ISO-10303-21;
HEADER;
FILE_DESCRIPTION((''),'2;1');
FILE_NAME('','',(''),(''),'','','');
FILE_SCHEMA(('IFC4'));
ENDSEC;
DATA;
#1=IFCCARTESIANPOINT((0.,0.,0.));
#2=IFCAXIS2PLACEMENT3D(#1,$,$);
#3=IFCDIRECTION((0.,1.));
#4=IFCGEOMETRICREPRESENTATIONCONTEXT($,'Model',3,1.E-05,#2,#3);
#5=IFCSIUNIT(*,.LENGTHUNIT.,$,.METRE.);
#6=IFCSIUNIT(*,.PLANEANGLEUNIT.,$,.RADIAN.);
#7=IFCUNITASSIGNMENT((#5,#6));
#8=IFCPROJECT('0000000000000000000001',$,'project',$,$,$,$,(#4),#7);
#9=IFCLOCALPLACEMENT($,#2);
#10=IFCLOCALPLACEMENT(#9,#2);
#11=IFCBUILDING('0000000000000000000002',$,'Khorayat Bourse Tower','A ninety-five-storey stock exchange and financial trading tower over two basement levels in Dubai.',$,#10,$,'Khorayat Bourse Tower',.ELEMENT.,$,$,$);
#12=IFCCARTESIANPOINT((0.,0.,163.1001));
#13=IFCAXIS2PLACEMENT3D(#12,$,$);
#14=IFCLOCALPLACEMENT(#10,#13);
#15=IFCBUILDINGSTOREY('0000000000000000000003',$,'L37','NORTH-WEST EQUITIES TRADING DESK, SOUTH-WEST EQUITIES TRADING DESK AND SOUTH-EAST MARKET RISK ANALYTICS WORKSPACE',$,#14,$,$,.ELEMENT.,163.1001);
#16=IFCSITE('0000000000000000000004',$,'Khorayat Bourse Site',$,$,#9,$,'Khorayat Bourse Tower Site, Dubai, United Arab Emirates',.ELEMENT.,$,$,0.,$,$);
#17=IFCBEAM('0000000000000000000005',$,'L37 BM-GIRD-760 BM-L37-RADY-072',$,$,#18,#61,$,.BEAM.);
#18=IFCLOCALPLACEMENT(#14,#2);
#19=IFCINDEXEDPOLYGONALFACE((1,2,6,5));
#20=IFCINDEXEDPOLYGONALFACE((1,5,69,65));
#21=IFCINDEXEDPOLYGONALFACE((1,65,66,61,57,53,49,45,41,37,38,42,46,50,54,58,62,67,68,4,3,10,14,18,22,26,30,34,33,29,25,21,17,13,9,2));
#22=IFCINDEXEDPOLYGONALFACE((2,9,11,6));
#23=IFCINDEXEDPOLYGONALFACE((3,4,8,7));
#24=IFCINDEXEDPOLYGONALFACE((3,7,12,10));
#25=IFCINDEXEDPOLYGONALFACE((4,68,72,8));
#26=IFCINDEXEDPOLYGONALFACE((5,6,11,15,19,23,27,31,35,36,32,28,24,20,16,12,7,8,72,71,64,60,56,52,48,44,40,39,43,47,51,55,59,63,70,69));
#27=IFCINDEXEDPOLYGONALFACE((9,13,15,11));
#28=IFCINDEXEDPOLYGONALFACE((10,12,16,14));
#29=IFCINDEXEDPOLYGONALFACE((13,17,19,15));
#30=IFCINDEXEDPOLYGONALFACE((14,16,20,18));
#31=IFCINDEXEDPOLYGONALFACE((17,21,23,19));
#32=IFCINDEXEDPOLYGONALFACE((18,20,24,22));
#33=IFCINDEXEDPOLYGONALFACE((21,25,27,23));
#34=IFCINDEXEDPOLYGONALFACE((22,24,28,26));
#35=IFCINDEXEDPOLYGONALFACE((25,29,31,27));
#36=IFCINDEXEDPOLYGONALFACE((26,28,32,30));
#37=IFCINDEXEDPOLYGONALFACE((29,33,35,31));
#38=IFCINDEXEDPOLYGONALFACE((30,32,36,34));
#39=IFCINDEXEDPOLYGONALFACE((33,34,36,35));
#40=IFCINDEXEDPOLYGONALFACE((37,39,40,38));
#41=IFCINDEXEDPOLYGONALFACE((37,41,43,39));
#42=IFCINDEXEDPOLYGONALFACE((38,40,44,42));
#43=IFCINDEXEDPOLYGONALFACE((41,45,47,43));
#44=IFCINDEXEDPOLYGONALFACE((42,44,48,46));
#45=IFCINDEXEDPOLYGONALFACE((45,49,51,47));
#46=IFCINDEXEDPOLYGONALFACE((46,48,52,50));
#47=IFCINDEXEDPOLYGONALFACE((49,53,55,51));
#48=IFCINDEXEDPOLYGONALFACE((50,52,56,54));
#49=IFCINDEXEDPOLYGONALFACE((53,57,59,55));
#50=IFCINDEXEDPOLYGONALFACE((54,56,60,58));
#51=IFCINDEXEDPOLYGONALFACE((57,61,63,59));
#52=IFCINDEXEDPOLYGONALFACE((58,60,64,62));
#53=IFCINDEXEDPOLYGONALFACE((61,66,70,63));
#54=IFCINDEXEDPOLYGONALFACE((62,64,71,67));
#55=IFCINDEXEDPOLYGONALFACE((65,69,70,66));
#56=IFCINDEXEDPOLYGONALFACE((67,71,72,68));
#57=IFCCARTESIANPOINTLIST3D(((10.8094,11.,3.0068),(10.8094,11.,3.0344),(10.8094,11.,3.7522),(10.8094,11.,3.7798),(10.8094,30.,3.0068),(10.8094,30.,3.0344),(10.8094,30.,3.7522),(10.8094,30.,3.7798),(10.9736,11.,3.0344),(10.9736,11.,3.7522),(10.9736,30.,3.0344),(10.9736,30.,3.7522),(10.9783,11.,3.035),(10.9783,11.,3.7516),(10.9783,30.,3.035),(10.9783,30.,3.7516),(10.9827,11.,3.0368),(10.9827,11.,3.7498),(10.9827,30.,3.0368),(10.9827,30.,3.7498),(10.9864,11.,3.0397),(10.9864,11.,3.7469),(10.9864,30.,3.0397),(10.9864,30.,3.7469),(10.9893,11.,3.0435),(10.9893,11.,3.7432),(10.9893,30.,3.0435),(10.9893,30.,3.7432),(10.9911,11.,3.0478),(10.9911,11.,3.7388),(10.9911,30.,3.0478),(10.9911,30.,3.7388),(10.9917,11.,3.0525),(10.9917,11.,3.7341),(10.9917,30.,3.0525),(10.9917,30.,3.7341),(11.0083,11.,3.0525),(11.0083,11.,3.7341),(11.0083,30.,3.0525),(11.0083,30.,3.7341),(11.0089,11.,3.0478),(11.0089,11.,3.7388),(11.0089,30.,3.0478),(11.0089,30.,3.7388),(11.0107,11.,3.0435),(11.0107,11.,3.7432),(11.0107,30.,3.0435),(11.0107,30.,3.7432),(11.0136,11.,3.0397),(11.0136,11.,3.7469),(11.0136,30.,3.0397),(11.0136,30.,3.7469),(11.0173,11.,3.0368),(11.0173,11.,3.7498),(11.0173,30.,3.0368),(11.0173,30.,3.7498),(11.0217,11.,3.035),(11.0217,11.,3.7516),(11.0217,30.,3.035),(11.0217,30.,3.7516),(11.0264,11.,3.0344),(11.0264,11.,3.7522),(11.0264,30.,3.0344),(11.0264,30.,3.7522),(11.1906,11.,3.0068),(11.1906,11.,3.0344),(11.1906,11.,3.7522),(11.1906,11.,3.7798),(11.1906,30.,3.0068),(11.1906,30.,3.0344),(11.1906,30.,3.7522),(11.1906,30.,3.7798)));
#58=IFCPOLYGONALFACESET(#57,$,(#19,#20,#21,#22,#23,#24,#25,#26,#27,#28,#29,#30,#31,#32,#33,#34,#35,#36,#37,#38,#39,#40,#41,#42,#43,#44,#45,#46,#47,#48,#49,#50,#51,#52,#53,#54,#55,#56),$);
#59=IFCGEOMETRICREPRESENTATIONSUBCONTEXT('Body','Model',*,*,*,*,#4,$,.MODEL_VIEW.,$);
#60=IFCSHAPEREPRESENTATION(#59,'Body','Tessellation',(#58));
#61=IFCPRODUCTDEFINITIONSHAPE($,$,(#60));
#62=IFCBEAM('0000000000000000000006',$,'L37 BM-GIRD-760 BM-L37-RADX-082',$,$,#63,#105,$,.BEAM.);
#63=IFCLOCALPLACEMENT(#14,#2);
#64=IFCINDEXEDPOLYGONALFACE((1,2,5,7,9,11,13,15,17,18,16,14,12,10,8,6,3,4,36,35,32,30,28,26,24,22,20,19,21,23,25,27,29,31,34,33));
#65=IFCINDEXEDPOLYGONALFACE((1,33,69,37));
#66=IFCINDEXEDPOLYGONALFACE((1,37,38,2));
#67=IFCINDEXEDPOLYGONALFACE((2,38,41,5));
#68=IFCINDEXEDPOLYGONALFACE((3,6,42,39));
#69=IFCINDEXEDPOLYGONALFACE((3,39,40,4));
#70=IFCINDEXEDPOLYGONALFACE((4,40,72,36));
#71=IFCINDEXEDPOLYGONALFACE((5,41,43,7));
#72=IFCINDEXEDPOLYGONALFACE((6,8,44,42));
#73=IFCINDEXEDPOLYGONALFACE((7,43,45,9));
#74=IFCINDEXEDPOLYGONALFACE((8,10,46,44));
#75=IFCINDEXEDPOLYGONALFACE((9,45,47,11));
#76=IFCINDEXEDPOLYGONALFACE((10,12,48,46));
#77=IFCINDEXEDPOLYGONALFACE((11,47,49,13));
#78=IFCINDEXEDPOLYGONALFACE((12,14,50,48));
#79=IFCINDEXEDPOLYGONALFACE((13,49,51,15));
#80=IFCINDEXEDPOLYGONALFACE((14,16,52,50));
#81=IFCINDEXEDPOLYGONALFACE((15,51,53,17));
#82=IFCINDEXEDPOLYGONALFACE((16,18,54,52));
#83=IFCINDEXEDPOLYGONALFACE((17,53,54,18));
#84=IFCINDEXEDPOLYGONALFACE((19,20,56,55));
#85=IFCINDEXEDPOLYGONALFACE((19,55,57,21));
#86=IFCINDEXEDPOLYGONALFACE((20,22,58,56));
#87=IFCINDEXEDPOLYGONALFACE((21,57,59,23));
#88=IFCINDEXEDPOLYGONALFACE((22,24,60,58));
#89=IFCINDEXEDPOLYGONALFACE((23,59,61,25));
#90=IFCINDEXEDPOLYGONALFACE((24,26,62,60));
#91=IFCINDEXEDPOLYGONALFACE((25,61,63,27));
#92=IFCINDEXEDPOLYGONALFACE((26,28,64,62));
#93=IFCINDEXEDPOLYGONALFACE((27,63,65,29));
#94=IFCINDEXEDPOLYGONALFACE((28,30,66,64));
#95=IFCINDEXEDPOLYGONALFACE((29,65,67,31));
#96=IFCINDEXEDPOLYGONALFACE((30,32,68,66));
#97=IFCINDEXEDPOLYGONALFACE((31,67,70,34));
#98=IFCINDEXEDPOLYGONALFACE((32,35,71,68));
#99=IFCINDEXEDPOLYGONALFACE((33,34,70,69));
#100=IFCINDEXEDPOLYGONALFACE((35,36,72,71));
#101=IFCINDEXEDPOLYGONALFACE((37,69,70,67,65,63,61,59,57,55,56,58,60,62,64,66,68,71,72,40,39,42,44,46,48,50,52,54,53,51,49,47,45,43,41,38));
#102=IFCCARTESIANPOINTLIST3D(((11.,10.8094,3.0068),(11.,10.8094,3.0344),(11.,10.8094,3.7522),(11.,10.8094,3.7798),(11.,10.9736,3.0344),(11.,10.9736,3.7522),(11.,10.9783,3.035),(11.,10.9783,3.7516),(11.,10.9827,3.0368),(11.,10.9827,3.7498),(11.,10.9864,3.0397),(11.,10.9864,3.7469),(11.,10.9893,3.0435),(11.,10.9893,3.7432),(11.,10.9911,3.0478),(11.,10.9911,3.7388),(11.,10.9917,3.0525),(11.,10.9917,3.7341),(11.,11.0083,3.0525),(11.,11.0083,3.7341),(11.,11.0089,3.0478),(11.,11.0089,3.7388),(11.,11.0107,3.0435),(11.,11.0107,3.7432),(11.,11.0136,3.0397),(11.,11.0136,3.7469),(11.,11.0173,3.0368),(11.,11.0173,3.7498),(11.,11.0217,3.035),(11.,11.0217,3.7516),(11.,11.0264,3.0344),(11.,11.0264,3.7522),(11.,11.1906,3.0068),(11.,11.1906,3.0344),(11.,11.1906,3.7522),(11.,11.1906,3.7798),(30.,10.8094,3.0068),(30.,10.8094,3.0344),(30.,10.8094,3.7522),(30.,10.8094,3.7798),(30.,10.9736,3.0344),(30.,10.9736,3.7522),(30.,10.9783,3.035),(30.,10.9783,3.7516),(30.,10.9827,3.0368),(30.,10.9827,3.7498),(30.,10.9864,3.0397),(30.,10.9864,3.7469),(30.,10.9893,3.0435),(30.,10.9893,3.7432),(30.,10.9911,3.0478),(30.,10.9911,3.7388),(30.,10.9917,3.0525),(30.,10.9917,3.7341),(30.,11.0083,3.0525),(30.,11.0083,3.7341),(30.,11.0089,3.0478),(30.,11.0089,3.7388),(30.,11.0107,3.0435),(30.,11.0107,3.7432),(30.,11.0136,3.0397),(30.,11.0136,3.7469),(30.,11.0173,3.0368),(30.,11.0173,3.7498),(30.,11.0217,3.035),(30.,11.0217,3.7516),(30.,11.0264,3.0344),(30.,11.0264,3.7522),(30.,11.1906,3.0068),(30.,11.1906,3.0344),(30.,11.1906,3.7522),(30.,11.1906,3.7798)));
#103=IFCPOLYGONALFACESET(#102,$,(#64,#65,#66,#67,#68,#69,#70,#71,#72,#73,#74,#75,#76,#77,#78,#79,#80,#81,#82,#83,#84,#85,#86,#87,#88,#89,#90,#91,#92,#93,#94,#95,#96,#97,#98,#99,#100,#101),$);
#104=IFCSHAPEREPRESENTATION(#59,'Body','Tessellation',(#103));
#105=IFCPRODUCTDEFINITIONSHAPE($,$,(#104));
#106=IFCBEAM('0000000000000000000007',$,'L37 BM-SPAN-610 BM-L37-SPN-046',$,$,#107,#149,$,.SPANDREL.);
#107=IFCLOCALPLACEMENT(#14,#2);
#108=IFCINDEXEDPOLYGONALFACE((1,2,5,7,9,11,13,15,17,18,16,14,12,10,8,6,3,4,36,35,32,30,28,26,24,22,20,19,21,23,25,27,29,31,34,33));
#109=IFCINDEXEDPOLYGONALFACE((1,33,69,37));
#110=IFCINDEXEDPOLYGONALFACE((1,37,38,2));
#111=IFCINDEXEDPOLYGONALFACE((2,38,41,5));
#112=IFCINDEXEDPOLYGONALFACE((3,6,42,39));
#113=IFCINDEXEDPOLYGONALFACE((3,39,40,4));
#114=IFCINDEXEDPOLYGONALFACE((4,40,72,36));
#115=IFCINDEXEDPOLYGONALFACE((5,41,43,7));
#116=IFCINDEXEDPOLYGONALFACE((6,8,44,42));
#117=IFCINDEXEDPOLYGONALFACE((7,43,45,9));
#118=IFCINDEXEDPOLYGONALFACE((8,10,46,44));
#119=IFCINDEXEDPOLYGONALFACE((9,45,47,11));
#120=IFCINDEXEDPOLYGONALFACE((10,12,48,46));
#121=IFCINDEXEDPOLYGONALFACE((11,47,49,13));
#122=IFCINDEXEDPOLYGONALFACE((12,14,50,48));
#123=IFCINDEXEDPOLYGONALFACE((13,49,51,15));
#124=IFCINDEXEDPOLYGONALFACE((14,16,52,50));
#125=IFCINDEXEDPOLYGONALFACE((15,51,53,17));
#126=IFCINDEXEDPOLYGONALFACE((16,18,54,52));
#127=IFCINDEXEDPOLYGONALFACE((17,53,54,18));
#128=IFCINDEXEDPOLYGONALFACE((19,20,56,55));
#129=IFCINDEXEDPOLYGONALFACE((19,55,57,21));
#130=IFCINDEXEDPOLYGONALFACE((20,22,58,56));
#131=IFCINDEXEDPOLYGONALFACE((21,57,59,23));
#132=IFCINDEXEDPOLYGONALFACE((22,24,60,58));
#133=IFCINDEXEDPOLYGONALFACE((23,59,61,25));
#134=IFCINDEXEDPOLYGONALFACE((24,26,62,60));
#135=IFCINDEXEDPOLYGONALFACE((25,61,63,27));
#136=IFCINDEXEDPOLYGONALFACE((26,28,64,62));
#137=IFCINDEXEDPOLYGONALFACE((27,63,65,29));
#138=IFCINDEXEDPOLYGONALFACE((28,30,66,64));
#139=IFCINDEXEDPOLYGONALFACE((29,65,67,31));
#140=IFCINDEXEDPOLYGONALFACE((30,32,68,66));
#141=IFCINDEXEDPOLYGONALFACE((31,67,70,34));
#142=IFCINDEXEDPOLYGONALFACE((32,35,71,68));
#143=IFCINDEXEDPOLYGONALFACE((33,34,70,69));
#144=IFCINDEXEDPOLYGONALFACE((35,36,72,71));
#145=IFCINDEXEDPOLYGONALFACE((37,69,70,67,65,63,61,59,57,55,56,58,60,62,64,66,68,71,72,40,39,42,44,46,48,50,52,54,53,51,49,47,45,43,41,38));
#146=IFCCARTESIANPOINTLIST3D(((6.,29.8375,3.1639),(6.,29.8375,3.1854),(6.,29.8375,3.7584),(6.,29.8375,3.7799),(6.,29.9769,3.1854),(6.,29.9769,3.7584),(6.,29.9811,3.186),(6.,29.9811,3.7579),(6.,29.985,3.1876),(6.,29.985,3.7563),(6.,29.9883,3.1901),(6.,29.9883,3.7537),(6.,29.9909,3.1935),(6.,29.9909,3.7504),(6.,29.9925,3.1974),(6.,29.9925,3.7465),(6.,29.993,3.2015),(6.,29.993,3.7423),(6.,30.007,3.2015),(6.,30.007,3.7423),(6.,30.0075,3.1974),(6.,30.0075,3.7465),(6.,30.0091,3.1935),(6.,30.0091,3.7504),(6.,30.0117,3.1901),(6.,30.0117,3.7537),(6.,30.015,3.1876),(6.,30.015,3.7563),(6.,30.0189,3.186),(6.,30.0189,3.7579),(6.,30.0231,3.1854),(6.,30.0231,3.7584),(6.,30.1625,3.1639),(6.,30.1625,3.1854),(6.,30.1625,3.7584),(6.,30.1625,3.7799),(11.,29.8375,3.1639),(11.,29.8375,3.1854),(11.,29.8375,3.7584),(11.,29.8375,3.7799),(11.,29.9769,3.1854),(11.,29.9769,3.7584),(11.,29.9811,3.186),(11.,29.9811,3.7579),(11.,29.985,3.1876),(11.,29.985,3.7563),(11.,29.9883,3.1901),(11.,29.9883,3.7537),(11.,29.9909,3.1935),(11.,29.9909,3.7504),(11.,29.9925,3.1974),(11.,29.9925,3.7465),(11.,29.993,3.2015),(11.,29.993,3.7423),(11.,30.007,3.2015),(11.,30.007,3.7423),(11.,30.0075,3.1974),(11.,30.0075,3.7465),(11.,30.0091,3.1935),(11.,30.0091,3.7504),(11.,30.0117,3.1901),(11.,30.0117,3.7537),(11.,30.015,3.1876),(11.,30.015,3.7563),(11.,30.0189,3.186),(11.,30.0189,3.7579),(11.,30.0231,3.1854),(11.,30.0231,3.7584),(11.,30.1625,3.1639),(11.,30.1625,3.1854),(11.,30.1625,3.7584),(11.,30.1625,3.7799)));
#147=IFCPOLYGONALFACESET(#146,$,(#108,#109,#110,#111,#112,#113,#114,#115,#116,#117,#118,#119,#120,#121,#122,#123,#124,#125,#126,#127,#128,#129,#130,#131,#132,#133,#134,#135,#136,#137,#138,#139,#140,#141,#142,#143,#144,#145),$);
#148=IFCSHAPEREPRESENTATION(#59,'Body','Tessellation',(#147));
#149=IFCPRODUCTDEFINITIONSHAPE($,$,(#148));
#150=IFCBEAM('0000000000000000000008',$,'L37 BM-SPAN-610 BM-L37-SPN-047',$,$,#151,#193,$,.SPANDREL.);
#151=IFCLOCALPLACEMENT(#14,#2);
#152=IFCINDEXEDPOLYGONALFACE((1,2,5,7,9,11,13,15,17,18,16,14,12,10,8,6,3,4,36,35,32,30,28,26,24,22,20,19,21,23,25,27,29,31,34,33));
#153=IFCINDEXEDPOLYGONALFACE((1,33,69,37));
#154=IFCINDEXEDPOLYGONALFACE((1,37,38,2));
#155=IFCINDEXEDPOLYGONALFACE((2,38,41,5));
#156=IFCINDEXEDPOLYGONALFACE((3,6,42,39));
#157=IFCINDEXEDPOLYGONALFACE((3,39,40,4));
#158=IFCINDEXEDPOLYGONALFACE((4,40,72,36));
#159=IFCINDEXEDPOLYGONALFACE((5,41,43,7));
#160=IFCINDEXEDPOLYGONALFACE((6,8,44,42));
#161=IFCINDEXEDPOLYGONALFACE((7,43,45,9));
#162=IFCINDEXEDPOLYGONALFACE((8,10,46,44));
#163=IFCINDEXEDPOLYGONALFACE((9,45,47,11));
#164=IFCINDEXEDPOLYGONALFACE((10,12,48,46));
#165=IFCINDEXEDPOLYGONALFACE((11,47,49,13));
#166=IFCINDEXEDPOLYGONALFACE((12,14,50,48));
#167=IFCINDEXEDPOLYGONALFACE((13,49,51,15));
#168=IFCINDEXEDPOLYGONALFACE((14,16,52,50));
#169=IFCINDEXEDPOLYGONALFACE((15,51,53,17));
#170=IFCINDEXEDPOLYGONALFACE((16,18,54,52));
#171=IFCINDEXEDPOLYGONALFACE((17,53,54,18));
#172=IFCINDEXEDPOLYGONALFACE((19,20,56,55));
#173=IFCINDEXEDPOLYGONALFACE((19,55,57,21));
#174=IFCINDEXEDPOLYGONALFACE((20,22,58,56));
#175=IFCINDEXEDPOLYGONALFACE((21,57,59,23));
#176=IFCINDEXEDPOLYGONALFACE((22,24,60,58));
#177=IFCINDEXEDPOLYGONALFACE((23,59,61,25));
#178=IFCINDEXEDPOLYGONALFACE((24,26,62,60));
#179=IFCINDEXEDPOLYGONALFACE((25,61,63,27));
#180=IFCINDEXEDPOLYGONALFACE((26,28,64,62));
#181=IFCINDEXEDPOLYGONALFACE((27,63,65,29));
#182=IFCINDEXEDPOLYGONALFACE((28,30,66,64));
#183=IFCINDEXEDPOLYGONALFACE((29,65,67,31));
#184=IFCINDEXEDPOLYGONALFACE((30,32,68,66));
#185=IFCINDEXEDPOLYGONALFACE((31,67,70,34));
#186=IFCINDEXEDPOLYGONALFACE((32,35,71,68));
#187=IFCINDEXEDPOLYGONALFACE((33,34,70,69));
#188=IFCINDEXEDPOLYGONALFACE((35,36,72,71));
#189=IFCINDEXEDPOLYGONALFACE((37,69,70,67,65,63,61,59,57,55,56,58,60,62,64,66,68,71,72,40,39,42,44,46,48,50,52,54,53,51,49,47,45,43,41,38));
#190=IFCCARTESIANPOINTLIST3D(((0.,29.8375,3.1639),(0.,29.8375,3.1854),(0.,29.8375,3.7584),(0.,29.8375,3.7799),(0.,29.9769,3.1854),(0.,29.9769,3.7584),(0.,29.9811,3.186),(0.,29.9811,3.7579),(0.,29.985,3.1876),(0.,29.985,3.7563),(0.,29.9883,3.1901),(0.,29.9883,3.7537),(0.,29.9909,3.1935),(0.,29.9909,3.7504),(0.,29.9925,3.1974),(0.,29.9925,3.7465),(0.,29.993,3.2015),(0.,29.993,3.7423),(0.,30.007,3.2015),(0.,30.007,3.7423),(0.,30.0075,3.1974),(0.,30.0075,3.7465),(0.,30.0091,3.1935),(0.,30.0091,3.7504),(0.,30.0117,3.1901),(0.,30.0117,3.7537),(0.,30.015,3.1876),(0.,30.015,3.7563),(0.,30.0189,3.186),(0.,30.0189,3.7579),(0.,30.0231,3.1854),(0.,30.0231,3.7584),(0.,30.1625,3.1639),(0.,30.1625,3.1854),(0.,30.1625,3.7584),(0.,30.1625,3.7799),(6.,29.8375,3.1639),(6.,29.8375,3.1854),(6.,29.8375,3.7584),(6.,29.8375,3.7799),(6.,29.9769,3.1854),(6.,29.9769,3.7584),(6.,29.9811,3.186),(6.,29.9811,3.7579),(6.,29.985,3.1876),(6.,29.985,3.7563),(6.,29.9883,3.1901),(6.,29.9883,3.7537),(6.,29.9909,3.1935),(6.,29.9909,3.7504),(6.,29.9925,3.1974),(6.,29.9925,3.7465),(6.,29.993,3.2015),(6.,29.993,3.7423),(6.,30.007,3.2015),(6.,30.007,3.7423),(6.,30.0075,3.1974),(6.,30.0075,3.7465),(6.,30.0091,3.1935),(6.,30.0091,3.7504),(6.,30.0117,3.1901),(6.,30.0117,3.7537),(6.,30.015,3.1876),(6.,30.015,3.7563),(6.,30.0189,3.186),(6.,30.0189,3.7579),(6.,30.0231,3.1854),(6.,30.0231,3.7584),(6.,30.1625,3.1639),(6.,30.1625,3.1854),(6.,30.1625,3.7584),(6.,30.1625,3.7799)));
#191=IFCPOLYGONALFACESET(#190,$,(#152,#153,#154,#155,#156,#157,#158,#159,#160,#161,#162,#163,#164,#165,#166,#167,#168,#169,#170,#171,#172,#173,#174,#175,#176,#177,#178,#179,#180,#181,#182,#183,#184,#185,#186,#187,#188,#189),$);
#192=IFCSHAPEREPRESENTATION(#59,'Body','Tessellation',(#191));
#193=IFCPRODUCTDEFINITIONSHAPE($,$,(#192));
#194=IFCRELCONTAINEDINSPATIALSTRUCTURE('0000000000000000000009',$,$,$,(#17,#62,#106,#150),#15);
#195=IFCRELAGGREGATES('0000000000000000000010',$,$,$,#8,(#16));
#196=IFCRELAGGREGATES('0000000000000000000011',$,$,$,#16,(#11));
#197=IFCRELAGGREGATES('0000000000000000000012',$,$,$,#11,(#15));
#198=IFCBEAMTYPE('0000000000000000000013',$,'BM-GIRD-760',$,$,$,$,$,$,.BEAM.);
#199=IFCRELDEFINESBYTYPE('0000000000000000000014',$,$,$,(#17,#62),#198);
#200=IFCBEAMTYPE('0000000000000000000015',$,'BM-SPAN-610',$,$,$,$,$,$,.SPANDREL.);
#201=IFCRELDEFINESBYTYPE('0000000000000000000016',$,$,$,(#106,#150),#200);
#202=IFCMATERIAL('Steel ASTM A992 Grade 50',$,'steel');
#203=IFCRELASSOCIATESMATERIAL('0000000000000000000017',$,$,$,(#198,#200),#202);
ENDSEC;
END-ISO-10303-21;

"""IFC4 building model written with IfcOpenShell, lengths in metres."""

from ifc_helpers import new_model, si_unit, direction, frame, origin, origin_2d, place, context, subcontext, project, spatial, i_section, extrude, source, transform, mapped, material, material_profile, profile_set, type_object, element, save


model = new_model("IFC4")

# Units and contexts
model_context = context("Model", 3, precision=1e-05, world=origin(), true_north=direction((0.0, 1.0)))
body_context = subcontext(model_context, "Body", "Model", "MODEL_VIEW")
ifc_project = project(units=[si_unit("LENGTHUNIT", "METRE"), si_unit("PLANEANGLEUNIT", "RADIAN")], contexts=[model_context])

# Site, building, storey
site_placement = place(None, origin())
site = spatial("IfcSite", under=ifc_project, at=site_placement, Name="Khorayat Bourse Site", LongName="Khorayat Bourse Tower Site, Dubai, United Arab Emirates", CompositionType="ELEMENT", RefElevation=0.0)
building_placement = place(site_placement, origin())
building = spatial("IfcBuilding", under=site, at=building_placement, Name="Khorayat Bourse Tower", Description="A ninety-five-storey stock exchange and financial trading tower over two basement levels in Dubai.", LongName="Khorayat Bourse Tower", CompositionType="ELEMENT")
storey_placement = place(building_placement, frame((0.0, 0.0, 163.1001)))
storey = spatial("IfcBuildingStorey", under=building, at=storey_placement, Name="L37", Description="NORTH-WEST EQUITIES TRADING DESK, SOUTH-WEST EQUITIES TRADING DESK AND SOUTH-EAST MARKET RISK ANALYTICS WORKSPACE", CompositionType="ELEMENT", Elevation=163.1001)

# Beams
ifc_material_1 = material(Name="Steel ASTM A992 Grade 50", Category="steel")
ifc_material_profile_1 = material_profile(ifc_material_1, i_section(OverallWidth=0.3811, OverallDepth=0.7729, WebThickness=0.0166, FlangeThickness=0.0276, FilletRadius=0.0181, at=origin_2d()), Name="W760X257")
ifc_profile_set_1 = profile_set([ifc_material_profile_1], Name="Steel ASTM A992 Grade 50")
beam_type_1 = type_object("IfcBeamType", Name="BM-GIRD-760", PredefinedType="BEAM", material=ifc_profile_set_1)
shared_shape_1 = source(origin(), body_context, "Body", "SweptSolid", [
    extrude(i_section(OverallWidth=0.3811, OverallDepth=0.7729, WebThickness=0.0166, FlangeThickness=0.0276, FilletRadius=0.0181, at=origin_2d()), origin(), (0.0, 0.0, 1.0), 19.0),
])
for number, where, z_axis, x_axis, name in (
    (1, (11.0, 11.0, 3.3933), (0.0, 1.0, 0.0), (-1.0, 0.0, 0.0), "L37 BM-GIRD-760 BM-L37-RADY-072"),
    (2, (11.0, 11.0, 3.3933), (1.0, 0.0, 0.0), (0.0, 1.0, 0.0), "L37 BM-GIRD-760 BM-L37-RADX-082"),
):
    element("IfcBeam", number, at=place(storey_placement, frame(where, z_axis=z_axis, x_axis=x_axis)), inside=storey, type_object=beam_type_1, Name=name, PredefinedType="BEAM", context=body_context, shape_type="MappedRepresentation", body=[
        mapped(shared_shape_1, transform((0.0, 0.0, 0.0), scale=1.0)),
    ])
ifc_material_profile_2 = material_profile(ifc_material_1, i_section(OverallWidth=0.325, OverallDepth=0.616, WebThickness=0.0139, FlangeThickness=0.0215, FilletRadius=0.0161, at=origin_2d()), Name="W610X174")
ifc_profile_set_2 = profile_set([ifc_material_profile_2], Name="Steel ASTM A992 Grade 50")
beam_type_2 = type_object("IfcBeamType", Name="BM-SPAN-610", PredefinedType="SPANDREL", material=ifc_profile_set_2)
shared_shape_2 = source(origin(), body_context, "Body", "SweptSolid", [
    extrude(i_section(OverallWidth=0.325, OverallDepth=0.616, WebThickness=0.0139, FlangeThickness=0.0215, FilletRadius=0.0161, at=origin_2d()), origin(), (0.0, 0.0, 1.0), 5.0),
])
beam_1_placement = place(storey_placement, frame((6.0, 30.0, 3.4719), z_axis=(1.0, 0.0, 0.0), x_axis=(0.0, 1.0, 0.0)))
element("IfcBeam", 3, at=beam_1_placement, inside=storey, type_object=beam_type_2, Name="L37 BM-SPAN-610 BM-L37-SPN-046", PredefinedType="SPANDREL", context=body_context, shape_type="MappedRepresentation", body=[
    mapped(shared_shape_2, transform((0.0, 0.0, 0.0), scale=1.0)),
])
shared_shape_3 = source(origin(), body_context, "Body", "SweptSolid", [
    extrude(i_section(OverallWidth=0.325, OverallDepth=0.616, WebThickness=0.0139, FlangeThickness=0.0215, FilletRadius=0.0161, at=origin_2d()), origin(), (0.0, 0.0, 1.0), 6.0),
])
beam_2_placement = place(storey_placement, frame((0.0, 30.0, 3.4719), z_axis=(1.0, 0.0, 0.0), x_axis=(0.0, 1.0, 0.0)))
element("IfcBeam", 4, at=beam_2_placement, inside=storey, type_object=beam_type_2, Name="L37 BM-SPAN-610 BM-L37-SPN-047", PredefinedType="SPANDREL", context=body_context, shape_type="MappedRepresentation", body=[
    mapped(shared_shape_3, transform((0.0, 0.0, 0.0), scale=1.0)),
])

save(model, "model.ifc")
